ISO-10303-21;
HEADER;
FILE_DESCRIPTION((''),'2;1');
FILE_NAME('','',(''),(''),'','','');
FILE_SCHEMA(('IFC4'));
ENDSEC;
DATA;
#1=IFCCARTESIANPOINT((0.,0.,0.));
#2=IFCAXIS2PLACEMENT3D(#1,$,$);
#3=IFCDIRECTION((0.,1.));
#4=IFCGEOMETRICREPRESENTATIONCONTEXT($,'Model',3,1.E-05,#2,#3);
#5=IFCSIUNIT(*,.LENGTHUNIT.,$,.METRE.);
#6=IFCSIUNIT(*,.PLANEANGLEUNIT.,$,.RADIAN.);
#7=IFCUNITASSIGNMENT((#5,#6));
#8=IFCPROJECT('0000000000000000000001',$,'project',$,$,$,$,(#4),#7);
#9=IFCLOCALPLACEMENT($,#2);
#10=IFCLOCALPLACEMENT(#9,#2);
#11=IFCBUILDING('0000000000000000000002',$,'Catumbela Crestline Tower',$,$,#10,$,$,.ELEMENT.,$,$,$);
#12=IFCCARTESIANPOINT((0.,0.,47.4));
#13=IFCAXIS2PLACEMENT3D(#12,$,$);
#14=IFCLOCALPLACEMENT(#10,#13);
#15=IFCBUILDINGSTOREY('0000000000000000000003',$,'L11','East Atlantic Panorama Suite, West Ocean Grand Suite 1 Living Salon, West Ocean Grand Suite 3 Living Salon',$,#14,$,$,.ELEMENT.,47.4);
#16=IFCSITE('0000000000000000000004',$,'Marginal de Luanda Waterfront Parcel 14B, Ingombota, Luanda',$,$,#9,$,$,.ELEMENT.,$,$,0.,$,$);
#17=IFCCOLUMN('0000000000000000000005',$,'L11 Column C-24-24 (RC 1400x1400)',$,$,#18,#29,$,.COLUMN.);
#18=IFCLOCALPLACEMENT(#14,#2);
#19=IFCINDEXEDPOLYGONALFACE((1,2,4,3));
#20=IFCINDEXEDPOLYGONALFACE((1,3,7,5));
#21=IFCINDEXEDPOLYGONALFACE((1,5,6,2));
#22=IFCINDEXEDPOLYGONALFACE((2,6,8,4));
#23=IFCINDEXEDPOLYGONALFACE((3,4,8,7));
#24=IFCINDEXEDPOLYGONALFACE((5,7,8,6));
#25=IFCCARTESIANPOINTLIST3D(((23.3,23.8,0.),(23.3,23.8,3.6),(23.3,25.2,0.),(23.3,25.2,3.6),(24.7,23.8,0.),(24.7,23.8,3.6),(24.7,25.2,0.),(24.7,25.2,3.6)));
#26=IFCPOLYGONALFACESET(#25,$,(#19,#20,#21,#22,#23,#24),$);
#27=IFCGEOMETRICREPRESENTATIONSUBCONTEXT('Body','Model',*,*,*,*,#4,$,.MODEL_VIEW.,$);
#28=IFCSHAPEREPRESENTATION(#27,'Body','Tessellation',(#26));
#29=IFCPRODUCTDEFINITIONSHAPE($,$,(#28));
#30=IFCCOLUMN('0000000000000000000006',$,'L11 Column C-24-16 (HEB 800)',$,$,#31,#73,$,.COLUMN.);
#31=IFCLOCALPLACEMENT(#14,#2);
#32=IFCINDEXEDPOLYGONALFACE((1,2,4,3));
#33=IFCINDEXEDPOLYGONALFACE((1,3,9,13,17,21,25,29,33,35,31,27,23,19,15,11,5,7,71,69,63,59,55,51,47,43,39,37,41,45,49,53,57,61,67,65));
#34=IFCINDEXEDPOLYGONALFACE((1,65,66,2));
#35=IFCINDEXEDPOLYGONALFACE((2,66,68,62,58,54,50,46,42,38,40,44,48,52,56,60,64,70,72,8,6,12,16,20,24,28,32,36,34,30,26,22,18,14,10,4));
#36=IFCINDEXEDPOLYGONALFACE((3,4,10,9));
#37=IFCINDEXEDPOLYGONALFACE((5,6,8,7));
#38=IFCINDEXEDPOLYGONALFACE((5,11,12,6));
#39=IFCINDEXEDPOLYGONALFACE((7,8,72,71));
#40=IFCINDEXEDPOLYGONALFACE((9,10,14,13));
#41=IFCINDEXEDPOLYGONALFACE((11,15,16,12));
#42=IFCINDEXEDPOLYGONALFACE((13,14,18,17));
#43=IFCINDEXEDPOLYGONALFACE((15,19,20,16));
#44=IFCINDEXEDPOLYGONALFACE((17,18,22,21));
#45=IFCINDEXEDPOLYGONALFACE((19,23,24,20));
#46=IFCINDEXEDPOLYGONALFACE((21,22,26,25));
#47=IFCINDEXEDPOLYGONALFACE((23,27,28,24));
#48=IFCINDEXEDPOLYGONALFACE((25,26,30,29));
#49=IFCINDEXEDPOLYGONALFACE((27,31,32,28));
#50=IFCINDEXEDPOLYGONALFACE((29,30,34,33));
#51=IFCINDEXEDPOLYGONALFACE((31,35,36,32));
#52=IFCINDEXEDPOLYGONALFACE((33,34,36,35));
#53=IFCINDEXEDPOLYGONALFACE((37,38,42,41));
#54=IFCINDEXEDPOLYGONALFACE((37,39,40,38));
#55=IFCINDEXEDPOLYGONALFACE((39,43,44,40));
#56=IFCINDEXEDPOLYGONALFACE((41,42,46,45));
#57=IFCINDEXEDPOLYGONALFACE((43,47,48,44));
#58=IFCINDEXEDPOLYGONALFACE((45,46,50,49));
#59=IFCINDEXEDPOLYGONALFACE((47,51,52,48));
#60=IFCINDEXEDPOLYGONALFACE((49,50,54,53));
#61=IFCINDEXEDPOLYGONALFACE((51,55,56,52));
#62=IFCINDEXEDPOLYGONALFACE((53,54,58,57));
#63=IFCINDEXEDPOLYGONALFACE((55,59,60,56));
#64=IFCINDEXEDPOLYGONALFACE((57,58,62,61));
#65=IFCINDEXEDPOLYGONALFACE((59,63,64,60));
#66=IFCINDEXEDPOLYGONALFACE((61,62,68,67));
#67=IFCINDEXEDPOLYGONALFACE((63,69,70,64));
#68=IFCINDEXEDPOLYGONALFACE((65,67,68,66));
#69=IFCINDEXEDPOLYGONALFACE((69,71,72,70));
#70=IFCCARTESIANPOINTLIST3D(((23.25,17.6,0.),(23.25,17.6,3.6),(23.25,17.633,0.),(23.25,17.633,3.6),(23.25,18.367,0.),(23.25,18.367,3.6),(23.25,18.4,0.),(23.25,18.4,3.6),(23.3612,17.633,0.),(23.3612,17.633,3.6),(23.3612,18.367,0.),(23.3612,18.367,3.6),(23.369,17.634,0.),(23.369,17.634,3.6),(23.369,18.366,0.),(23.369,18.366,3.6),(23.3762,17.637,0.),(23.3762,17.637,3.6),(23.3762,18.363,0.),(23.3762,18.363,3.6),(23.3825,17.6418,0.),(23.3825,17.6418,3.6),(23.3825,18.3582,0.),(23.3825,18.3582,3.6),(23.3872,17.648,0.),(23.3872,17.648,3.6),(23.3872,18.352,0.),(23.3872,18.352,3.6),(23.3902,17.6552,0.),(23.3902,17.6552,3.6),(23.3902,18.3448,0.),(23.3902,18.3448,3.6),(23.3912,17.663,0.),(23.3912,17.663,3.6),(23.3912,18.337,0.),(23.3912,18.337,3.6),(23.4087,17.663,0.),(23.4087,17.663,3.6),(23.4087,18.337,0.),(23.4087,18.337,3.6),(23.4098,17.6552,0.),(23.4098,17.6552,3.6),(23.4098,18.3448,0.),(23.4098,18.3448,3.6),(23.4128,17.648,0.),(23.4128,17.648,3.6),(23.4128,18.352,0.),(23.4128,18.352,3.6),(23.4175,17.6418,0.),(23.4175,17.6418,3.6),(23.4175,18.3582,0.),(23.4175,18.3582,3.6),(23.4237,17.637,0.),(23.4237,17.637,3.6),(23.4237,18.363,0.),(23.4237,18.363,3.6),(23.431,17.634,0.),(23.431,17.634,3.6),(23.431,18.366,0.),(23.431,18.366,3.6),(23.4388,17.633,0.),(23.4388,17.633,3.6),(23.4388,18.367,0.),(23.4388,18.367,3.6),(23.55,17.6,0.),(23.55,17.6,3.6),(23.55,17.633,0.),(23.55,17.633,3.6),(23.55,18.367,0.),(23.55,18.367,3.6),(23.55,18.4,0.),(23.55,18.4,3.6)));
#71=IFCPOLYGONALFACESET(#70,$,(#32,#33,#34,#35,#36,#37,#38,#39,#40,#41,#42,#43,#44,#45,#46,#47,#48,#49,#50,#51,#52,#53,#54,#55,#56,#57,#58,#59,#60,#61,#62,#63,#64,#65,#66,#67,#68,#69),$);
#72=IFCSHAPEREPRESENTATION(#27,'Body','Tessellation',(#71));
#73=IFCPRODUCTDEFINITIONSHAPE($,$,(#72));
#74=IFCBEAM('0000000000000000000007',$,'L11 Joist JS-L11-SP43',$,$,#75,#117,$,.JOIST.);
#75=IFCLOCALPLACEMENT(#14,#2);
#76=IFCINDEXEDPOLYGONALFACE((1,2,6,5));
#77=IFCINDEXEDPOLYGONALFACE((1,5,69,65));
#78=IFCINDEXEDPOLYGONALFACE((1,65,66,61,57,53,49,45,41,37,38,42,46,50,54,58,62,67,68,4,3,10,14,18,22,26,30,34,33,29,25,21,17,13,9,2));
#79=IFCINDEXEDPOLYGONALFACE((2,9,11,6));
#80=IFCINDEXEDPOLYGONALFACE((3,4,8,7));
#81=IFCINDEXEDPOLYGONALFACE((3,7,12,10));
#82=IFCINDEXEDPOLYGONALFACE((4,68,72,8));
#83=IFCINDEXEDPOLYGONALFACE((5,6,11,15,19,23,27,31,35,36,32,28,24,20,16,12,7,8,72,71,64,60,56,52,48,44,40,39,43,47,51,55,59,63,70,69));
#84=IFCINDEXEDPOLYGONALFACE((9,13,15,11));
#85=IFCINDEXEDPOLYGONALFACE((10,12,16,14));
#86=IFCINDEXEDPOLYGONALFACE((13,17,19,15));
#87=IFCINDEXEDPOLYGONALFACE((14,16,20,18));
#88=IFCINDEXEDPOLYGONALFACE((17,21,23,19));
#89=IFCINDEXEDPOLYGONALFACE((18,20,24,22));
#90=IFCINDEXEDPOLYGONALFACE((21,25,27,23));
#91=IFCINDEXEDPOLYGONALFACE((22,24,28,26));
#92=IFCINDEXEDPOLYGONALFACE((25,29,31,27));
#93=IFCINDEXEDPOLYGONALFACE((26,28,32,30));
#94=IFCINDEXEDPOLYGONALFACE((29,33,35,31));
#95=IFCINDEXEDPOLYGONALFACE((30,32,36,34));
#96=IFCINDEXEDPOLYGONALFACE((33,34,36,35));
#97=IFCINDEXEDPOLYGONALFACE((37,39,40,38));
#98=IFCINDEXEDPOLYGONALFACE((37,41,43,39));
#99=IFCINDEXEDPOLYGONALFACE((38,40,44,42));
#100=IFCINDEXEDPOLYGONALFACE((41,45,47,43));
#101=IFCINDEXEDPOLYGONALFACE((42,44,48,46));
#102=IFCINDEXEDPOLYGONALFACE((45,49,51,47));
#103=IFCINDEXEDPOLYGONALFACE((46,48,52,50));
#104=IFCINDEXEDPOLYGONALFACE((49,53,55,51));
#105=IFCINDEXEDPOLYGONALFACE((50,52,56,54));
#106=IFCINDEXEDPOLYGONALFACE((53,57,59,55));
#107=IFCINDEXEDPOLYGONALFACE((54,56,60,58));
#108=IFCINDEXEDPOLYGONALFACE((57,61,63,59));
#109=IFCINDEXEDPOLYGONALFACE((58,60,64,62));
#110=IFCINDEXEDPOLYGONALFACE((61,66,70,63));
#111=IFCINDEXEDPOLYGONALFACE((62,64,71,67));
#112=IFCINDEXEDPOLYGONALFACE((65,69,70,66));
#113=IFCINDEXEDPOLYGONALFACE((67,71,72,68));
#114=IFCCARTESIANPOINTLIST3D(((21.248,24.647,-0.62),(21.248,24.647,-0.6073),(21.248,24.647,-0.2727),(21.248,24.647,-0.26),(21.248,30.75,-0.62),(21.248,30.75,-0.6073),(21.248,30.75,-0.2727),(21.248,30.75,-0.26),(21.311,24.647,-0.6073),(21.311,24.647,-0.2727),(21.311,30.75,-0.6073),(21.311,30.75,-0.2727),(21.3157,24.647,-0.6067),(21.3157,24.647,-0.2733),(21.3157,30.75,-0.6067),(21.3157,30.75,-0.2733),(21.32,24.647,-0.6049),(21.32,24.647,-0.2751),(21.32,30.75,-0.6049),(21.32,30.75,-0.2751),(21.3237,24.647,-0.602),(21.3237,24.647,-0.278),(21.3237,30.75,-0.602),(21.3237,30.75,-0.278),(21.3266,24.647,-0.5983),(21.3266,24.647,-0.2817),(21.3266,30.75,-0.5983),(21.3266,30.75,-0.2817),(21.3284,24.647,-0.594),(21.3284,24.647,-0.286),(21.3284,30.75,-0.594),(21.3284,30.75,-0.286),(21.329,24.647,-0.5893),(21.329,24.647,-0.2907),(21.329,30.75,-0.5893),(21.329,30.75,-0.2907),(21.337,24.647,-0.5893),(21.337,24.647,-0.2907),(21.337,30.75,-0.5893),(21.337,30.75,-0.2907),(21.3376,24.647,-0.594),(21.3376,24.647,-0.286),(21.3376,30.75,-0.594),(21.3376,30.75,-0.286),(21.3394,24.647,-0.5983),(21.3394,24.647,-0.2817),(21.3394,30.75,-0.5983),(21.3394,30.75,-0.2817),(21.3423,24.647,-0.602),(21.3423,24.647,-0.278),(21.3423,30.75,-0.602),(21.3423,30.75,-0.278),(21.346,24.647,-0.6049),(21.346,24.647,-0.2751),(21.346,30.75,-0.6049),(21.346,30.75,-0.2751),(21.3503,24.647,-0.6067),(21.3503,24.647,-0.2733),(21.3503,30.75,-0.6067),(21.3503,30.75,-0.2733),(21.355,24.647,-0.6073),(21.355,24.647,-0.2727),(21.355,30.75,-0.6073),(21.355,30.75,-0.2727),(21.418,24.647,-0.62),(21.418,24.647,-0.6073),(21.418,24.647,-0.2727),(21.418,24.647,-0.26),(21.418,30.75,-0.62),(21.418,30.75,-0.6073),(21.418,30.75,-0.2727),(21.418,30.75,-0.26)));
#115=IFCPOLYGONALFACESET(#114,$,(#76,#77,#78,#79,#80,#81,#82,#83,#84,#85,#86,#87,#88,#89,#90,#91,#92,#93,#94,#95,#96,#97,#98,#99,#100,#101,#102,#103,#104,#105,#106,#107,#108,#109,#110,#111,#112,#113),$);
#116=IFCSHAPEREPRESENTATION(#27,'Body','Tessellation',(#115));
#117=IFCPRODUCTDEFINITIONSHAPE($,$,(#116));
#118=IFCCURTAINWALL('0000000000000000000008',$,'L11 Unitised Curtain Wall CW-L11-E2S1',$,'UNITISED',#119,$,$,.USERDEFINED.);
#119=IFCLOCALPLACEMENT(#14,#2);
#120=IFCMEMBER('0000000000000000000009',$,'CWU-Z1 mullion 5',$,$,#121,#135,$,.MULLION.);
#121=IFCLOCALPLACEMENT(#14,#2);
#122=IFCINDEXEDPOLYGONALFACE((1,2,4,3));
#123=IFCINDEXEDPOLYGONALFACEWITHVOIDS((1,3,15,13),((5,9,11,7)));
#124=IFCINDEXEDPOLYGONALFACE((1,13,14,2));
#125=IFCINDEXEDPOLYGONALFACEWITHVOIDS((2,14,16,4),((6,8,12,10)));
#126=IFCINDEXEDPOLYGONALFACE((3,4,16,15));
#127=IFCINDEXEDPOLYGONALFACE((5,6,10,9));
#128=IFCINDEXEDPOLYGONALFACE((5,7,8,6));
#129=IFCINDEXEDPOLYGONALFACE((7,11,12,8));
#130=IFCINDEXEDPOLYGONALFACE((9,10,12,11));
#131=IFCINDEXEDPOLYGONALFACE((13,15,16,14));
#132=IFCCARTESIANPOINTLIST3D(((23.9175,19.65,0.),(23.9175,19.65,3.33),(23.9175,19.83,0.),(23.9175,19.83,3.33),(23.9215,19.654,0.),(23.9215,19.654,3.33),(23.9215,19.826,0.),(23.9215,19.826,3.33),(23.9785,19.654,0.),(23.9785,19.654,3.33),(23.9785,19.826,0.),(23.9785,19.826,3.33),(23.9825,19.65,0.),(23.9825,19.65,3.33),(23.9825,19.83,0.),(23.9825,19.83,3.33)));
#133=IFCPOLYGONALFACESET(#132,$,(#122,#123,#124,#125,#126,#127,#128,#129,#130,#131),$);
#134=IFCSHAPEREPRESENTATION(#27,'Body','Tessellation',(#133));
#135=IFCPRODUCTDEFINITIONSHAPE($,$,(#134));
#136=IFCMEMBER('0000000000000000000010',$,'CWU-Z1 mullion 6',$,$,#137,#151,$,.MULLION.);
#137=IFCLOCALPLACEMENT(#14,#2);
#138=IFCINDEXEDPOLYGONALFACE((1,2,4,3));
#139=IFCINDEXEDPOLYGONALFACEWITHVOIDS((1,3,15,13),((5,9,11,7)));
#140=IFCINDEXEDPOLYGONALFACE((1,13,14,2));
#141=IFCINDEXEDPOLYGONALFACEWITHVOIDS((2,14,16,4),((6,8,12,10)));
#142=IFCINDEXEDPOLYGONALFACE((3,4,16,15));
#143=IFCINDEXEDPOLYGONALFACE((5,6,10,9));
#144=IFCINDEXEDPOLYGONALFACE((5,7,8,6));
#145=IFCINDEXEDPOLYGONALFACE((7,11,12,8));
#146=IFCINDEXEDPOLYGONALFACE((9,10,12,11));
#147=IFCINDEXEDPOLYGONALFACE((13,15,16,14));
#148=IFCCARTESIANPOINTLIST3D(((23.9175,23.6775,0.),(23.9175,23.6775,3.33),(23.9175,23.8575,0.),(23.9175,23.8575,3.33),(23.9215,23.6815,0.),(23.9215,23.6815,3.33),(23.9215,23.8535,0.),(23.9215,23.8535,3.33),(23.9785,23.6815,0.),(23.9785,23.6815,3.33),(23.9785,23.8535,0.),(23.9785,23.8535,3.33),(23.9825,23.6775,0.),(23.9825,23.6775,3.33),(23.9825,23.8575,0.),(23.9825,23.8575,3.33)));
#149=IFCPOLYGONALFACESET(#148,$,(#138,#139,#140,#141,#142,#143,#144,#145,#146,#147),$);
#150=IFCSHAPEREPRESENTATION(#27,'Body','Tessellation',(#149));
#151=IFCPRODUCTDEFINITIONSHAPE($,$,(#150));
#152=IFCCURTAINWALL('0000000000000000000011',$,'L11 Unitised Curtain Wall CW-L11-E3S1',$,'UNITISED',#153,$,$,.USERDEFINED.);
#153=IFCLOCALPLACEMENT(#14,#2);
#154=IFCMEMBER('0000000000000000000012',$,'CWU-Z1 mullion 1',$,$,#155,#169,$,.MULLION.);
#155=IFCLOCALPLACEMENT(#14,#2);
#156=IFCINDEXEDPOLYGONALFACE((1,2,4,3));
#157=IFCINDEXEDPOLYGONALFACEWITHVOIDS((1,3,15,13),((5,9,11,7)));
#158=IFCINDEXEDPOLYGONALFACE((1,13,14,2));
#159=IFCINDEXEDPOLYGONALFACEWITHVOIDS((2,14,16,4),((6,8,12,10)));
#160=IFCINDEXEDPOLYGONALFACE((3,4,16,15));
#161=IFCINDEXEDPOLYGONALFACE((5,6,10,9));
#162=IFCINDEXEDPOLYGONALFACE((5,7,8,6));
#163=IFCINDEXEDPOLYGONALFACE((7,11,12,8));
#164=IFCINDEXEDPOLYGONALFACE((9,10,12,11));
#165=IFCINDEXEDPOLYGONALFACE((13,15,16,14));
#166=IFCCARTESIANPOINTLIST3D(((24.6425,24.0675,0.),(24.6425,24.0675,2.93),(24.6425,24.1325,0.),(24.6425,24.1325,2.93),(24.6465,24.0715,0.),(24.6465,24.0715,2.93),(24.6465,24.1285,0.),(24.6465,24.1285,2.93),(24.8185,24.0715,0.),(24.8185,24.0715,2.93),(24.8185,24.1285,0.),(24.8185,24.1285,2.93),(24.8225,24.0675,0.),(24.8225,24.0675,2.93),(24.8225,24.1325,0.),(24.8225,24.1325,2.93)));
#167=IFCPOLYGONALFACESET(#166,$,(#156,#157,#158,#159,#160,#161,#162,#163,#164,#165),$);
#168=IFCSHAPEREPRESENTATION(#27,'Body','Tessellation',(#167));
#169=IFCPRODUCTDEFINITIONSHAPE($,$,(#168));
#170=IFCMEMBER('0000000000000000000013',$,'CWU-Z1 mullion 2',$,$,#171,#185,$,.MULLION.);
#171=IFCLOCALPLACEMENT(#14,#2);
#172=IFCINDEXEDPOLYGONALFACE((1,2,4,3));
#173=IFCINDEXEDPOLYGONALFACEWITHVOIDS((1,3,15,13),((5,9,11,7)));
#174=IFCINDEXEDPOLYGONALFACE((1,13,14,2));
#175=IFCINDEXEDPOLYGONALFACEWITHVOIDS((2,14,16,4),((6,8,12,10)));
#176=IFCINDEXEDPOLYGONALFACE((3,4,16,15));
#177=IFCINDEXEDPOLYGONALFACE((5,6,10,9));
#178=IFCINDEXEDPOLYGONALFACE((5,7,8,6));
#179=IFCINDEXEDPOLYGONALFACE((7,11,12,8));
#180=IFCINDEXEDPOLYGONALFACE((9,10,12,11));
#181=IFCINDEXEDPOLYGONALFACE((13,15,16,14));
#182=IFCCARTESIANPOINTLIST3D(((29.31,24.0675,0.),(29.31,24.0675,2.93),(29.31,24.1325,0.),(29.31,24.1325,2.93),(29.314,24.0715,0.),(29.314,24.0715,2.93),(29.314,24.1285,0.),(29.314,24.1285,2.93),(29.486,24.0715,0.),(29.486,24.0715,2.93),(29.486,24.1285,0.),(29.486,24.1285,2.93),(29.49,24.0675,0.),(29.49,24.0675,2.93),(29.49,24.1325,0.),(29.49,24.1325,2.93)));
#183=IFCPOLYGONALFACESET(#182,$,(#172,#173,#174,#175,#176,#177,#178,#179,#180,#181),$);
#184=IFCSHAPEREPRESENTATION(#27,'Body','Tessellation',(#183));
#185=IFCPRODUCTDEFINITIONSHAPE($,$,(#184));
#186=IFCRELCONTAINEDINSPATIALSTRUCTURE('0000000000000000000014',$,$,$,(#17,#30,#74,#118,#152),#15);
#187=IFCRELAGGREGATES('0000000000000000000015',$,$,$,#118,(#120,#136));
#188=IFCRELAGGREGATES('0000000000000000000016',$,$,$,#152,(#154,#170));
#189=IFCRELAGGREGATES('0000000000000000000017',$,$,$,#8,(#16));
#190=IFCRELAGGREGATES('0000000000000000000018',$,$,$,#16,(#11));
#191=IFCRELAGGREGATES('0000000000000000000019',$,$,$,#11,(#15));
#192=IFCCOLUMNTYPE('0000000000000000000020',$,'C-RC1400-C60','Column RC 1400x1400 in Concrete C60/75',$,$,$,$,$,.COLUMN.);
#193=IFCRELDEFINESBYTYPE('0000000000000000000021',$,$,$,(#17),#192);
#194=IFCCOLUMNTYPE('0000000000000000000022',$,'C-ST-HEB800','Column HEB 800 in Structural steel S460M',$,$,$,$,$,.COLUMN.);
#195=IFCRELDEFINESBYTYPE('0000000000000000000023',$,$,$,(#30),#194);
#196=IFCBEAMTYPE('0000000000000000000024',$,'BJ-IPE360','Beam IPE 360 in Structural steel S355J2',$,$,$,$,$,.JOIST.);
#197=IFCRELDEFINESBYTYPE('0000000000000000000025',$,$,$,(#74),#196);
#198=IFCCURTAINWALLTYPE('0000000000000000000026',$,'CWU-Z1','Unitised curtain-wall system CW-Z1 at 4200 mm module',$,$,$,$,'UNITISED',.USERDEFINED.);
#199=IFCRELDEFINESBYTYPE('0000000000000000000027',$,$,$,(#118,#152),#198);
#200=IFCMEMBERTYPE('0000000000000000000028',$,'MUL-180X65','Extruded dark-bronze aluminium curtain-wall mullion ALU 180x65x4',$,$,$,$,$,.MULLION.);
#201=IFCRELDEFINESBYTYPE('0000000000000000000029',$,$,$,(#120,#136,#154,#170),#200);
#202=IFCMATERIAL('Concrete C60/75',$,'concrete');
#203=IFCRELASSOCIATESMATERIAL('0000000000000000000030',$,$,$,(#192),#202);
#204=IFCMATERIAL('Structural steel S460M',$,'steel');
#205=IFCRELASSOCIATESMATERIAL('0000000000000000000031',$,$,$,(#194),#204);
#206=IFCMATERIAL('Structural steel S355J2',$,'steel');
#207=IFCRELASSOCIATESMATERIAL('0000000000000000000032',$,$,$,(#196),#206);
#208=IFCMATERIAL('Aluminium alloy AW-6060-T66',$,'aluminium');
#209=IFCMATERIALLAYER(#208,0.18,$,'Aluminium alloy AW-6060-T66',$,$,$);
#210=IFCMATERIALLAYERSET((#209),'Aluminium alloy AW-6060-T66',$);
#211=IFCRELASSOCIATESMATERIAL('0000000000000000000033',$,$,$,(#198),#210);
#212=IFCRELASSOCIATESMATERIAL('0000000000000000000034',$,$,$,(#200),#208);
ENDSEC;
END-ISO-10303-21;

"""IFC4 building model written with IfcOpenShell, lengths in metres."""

from ifc_helpers import new_model, si_unit, direction, frame, origin, origin_2d, place, context, subcontext, project, spatial, rectangle, hollow_rectangle, i_section, extrude, material, layer, layer_set, material_profile, profile_set, type_object, element, aggregate, save


model = new_model("IFC4")

# Units and contexts
model_context = context("Model", 3, precision=1e-05, world=origin(), true_north=direction((0.0, 1.0)))
body_context = subcontext(model_context, "Body", "Model", "MODEL_VIEW")
ifc_project = project(units=[si_unit("LENGTHUNIT", "METRE"), si_unit("PLANEANGLEUNIT", "RADIAN")], contexts=[model_context])

# Site, building, storey
site_placement = place(None, origin())
site = spatial("IfcSite", under=ifc_project, at=site_placement, Name="Marginal de Luanda Waterfront Parcel 14B, Ingombota, Luanda", CompositionType="ELEMENT", RefElevation=0.0)
building_placement = place(site_placement, origin())
building = spatial("IfcBuilding", under=site, at=building_placement, Name="Catumbela Crestline Tower", CompositionType="ELEMENT")
storey_placement = place(building_placement, frame((0.0, 0.0, 47.4)))
storey = spatial("IfcBuildingStorey", under=building, at=storey_placement, Name="L11", Description="East Atlantic Panorama Suite, West Ocean Grand Suite 1 Living Salon, West Ocean Grand Suite 3 Living Salon", CompositionType="ELEMENT", Elevation=47.4)

# Columns
ifc_material_1 = material(Name="Concrete C60/75", Category="concrete")
ifc_material_profile_1 = material_profile(ifc_material_1, rectangle(XDim=1.4, YDim=1.4, at=origin_2d()), Name="RC 1400x1400")
ifc_profile_set_1 = profile_set([ifc_material_profile_1], Name="Concrete C60/75")
column_type_1 = type_object("IfcColumnType", Name="C-RC1400-C60", Description="Column RC 1400x1400 in Concrete C60/75", PredefinedType="COLUMN", material=ifc_profile_set_1)
column_1_placement = place(storey_placement, frame((24.0, 24.5, 0.0), z_axis=(0.0, 0.0, 1.0), x_axis=(1.0, 0.0, 0.0)))
element("IfcColumn", 1, at=column_1_placement, inside=storey, type_object=column_type_1, Name="L11 Column C-24-24 (RC 1400x1400)", PredefinedType="COLUMN", context=body_context, shape_type="SweptSolid", body=[
    extrude(rectangle(XDim=1.4, YDim=1.4, at=origin_2d()), origin(), (0.0, 0.0, 1.0), 3.6),
])
ifc_material_2 = material(Name="Structural steel S460M", Category="steel")
ifc_material_profile_2 = material_profile(ifc_material_2, i_section(OverallWidth=0.3, OverallDepth=0.8, WebThickness=0.0175, FlangeThickness=0.033, FilletRadius=0.03, at=origin_2d()), Name="HEB 800")
ifc_profile_set_2 = profile_set([ifc_material_profile_2], Name="Structural steel S460M")
column_type_2 = type_object("IfcColumnType", Name="C-ST-HEB800", Description="Column HEB 800 in Structural steel S460M", PredefinedType="COLUMN", material=ifc_profile_set_2)
column_2_placement = place(storey_placement, frame((23.4, 18.0, 0.0), z_axis=(0.0, 0.0, 1.0), x_axis=(1.0, 0.0, 0.0)))
element("IfcColumn", 2, at=column_2_placement, inside=storey, type_object=column_type_2, Name="L11 Column C-24-16 (HEB 800)", PredefinedType="COLUMN", context=body_context, shape_type="SweptSolid", body=[
    extrude(i_section(OverallWidth=0.3, OverallDepth=0.8, WebThickness=0.0175, FlangeThickness=0.033, FilletRadius=0.03, at=origin_2d()), origin(), (0.0, 0.0, 1.0), 3.6),
])

# Beam
ifc_material_3 = material(Name="Structural steel S355J2", Category="steel")
ifc_material_profile_3 = material_profile(ifc_material_3, i_section(OverallWidth=0.17, OverallDepth=0.36, WebThickness=0.008, FlangeThickness=0.0127, FilletRadius=0.018, at=origin_2d()), Name="IPE 360")
ifc_profile_set_3 = profile_set([ifc_material_profile_3], Name="Structural steel S355J2")
beam_type_1 = type_object("IfcBeamType", Name="BJ-IPE360", Description="Beam IPE 360 in Structural steel S355J2", PredefinedType="JOIST", material=ifc_profile_set_3)
beam_1_placement = place(storey_placement, frame((21.333, 24.647, -0.44), z_axis=(0.0, 1.0, 0.0), x_axis=(-1.0, 0.0, 0.0)))
element("IfcBeam", 3, at=beam_1_placement, inside=storey, type_object=beam_type_1, Name="L11 Joist JS-L11-SP43", PredefinedType="JOIST", context=body_context, shape_type="SweptSolid", body=[
    extrude(i_section(OverallWidth=0.17, OverallDepth=0.36, WebThickness=0.008, FlangeThickness=0.0127, FilletRadius=0.018, at=origin_2d()), origin(), (0.0, 0.0, 1.0), 6.103),
])

# Curtain walls, members
ifc_material_4 = material(Name="Aluminium alloy AW-6060-T66", Category="aluminium")
ifc_layer_1 = layer(ifc_material_4, 0.18, Name="Aluminium alloy AW-6060-T66")
ifc_layer_set_1 = layer_set([ifc_layer_1], Name="Aluminium alloy AW-6060-T66")
curtain_wall_type = type_object("IfcCurtainWallType", Name="CWU-Z1", Description="Unitised curtain-wall system CW-Z1 at 4200 mm module", ElementType="UNITISED", PredefinedType="USERDEFINED", material=ifc_layer_set_1)
curtain_wall_1_placement = place(storey_placement, origin())
curtain_wall_1 = element("IfcCurtainWall", 4, at=curtain_wall_1_placement, inside=storey, type_object=curtain_wall_type, Name="L11 Unitised Curtain Wall CW-L11-E2S1", ObjectType="UNITISED", PredefinedType="USERDEFINED")
ifc_material_profile_4 = material_profile(ifc_material_4, hollow_rectangle(XDim=0.065, YDim=0.18, WallThickness=0.004, at=origin_2d()), Name="ALU 180x65x4")
ifc_profile_set_4 = profile_set([ifc_material_profile_4], Name="Aluminium alloy AW-6060-T66")
member_type_1 = type_object("IfcMemberType", Name="MUL-180X65", Description="Extruded dark-bronze aluminium curtain-wall mullion ALU 180x65x4", PredefinedType="MULLION", material=ifc_profile_set_4)
member_1_placement = place(storey_placement, frame((23.95, 19.74, 0.0), z_axis=(0.0, 0.0, 1.0), x_axis=(-1.0, 0.0, 0.0)))
member_1 = element("IfcMember", 5, at=member_1_placement, type_object=member_type_1, Name="CWU-Z1 mullion 5", PredefinedType="MULLION", context=body_context, shape_type="SweptSolid", body=[
    extrude(hollow_rectangle(XDim=0.065, YDim=0.18, WallThickness=0.004, at=origin_2d()), origin(), (0.0, 0.0, 1.0), 3.33),
])
member_2_placement = place(storey_placement, frame((23.95, 23.7675, 0.0), z_axis=(0.0, 0.0, 1.0), x_axis=(-1.0, 0.0, 0.0)))
member_2 = element("IfcMember", 6, at=member_2_placement, type_object=member_type_1, Name="CWU-Z1 mullion 6", PredefinedType="MULLION", context=body_context, shape_type="SweptSolid", body=[
    extrude(hollow_rectangle(XDim=0.065, YDim=0.18, WallThickness=0.004, at=origin_2d()), origin(), (0.0, 0.0, 1.0), 3.33),
])
curtain_wall_2_placement = place(storey_placement, origin())
curtain_wall_2 = element("IfcCurtainWall", 7, at=curtain_wall_2_placement, inside=storey, type_object=curtain_wall_type, Name="L11 Unitised Curtain Wall CW-L11-E3S1", ObjectType="UNITISED", PredefinedType="USERDEFINED")
member_3_placement = place(storey_placement, frame((24.7325, 24.1, 0.0), z_axis=(0.0, 0.0, 1.0), x_axis=(0.0, 1.0, 0.0)))
member_3 = element("IfcMember", 8, at=member_3_placement, type_object=member_type_1, Name="CWU-Z1 mullion 1", PredefinedType="MULLION", context=body_context, shape_type="SweptSolid", body=[
    extrude(hollow_rectangle(XDim=0.065, YDim=0.18, WallThickness=0.004, at=origin_2d()), origin(), (0.0, 0.0, 1.0), 2.93),
])
member_4_placement = place(storey_placement, frame((29.4, 24.1, 0.0), z_axis=(0.0, 0.0, 1.0), x_axis=(0.0, 1.0, 0.0)))
member_4 = element("IfcMember", 9, at=member_4_placement, type_object=member_type_1, Name="CWU-Z1 mullion 2", PredefinedType="MULLION", context=body_context, shape_type="SweptSolid", body=[
    extrude(hollow_rectangle(XDim=0.065, YDim=0.18, WallThickness=0.004, at=origin_2d()), origin(), (0.0, 0.0, 1.0), 2.93),
])

aggregate(curtain_wall_1, [member_1, member_2])
aggregate(curtain_wall_2, [member_3, member_4])

save(model, "model.ifc")
